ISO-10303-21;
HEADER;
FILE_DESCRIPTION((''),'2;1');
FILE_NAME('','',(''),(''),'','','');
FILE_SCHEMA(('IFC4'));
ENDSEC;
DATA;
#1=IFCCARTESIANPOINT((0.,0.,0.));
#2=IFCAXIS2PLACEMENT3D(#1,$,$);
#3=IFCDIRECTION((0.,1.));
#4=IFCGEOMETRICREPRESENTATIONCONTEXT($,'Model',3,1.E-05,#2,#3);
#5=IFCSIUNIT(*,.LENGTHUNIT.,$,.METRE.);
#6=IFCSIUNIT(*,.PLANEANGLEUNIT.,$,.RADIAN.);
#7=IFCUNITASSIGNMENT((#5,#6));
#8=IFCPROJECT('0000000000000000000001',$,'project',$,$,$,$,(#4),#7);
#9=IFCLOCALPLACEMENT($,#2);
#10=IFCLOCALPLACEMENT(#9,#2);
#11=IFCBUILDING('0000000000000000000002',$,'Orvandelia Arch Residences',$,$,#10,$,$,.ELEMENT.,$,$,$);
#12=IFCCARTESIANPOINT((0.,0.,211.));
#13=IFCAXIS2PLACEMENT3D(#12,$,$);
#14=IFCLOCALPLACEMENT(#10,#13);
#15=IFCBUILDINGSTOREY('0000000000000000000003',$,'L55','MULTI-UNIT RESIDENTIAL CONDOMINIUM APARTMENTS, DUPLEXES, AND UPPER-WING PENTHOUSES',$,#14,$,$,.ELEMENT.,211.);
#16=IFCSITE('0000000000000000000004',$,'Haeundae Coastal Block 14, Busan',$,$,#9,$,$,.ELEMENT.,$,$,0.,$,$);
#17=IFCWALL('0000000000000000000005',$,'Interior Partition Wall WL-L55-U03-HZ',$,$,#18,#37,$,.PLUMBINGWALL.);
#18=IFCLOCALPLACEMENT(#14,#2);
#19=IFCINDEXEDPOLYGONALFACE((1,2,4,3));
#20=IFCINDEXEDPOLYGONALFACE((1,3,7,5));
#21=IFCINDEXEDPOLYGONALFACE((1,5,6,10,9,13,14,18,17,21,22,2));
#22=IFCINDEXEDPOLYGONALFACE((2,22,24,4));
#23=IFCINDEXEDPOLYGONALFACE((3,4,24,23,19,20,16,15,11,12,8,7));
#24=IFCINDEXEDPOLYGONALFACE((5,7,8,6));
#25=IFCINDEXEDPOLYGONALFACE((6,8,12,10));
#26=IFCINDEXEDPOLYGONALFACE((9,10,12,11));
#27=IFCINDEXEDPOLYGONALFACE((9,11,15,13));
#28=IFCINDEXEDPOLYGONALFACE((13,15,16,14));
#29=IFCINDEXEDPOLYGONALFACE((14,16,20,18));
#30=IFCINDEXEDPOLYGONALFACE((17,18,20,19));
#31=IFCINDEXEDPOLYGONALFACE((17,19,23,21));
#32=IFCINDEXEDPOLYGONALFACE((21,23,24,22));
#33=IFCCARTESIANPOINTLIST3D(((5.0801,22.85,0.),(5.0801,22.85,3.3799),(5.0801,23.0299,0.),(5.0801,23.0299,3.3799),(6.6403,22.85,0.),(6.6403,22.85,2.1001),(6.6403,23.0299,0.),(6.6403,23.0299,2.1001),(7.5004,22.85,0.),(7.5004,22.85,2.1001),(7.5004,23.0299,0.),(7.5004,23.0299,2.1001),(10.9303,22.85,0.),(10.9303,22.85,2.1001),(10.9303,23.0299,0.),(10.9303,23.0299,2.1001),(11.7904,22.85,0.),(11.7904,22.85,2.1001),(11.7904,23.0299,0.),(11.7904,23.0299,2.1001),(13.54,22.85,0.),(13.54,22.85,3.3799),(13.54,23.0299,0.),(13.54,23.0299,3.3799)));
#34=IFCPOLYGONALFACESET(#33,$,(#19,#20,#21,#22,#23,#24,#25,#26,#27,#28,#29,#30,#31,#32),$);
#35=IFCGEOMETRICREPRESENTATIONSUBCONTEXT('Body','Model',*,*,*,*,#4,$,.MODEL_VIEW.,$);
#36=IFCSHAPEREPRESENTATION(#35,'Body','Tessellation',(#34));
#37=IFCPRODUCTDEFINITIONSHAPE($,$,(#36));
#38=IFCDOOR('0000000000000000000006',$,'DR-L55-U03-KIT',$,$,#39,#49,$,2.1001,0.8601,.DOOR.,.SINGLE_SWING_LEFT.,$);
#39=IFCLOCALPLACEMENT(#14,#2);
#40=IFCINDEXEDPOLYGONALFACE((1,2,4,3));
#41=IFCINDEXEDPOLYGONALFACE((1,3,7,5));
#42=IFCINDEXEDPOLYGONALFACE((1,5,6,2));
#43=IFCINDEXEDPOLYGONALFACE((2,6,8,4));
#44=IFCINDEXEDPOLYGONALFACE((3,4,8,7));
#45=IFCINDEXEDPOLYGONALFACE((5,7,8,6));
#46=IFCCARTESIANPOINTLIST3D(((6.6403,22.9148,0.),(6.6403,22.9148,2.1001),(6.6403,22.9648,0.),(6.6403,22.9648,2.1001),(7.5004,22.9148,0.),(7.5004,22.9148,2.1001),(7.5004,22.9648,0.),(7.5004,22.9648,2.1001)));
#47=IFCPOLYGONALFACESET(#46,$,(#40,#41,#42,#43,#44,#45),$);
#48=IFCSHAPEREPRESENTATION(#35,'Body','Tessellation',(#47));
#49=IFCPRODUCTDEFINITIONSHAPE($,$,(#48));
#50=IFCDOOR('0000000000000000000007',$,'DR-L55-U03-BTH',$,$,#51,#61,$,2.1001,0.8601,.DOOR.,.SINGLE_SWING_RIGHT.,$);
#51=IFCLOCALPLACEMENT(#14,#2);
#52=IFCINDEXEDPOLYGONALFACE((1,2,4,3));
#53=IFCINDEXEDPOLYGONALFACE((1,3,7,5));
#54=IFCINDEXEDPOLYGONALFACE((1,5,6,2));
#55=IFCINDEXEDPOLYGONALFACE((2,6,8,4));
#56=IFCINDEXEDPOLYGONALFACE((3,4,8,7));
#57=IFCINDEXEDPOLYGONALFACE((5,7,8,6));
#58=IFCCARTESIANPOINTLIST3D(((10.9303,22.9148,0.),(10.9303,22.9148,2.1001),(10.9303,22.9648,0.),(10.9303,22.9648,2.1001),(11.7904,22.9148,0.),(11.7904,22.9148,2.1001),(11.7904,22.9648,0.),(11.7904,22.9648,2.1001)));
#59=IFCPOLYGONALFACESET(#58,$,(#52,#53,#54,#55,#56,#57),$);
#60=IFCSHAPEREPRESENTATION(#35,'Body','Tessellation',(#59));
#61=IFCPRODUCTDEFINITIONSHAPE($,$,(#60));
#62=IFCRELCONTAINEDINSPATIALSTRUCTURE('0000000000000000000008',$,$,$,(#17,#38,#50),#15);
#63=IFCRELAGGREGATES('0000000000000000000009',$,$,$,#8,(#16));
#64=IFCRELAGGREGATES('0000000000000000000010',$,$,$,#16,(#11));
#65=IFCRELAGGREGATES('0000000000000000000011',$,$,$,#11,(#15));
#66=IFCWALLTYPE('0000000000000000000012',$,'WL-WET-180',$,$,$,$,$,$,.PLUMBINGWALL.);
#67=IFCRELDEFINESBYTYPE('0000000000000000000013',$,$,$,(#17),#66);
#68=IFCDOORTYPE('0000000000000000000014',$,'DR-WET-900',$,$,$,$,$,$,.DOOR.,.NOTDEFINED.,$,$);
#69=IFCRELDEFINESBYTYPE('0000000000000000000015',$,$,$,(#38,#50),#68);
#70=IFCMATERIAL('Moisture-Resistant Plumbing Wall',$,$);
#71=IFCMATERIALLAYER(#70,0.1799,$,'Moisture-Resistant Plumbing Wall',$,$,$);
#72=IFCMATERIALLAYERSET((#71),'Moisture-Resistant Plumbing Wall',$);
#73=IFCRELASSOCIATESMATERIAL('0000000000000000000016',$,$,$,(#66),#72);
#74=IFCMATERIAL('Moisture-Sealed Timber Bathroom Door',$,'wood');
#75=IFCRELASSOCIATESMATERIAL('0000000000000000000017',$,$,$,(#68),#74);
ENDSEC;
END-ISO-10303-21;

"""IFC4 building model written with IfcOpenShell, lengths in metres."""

from ifc_helpers import new_model, si_unit, direction, frame, frame_2d, origin, place, context, subcontext, project, spatial, rectangle, extrude, material, layer, layer_set, type_object, element, fill, save


model = new_model("IFC4")

# Units and contexts
model_context = context("Model", 3, precision=1e-05, world=origin(), true_north=direction((0.0, 1.0)))
body_context = subcontext(model_context, "Body", "Model", "MODEL_VIEW")
ifc_project = project(units=[si_unit("LENGTHUNIT", "METRE"), si_unit("PLANEANGLEUNIT", "RADIAN")], contexts=[model_context])

# Site, building, storey
site_placement = place(None, origin())
site = spatial("IfcSite", under=ifc_project, at=site_placement, Name="Haeundae Coastal Block 14, Busan", CompositionType="ELEMENT", RefElevation=0.0)
building_placement = place(site_placement, origin())
building = spatial("IfcBuilding", under=site, at=building_placement, Name="Orvandelia Arch Residences", CompositionType="ELEMENT")
storey_placement = place(building_placement, frame((0.0, 0.0, 211.0)))
storey = spatial("IfcBuildingStorey", under=building, at=storey_placement, Name="L55", Description="MULTI-UNIT RESIDENTIAL CONDOMINIUM APARTMENTS, DUPLEXES, AND UPPER-WING PENTHOUSES", CompositionType="ELEMENT", Elevation=211.0)

# Wall, openings, doors
ifc_material_1 = material(Name="Moisture-Resistant Plumbing Wall")
ifc_layer_1 = layer(ifc_material_1, 0.1799, Name="Moisture-Resistant Plumbing Wall")
ifc_layer_set_1 = layer_set([ifc_layer_1], Name="Moisture-Resistant Plumbing Wall")
wall_type_1 = type_object("IfcWallType", Name="WL-WET-180", PredefinedType="PLUMBINGWALL", material=ifc_layer_set_1)
ifc_material_2 = material(Name="Moisture-Sealed Timber Bathroom Door", Category="wood")
door_type = type_object("IfcDoorType", Name="DR-WET-900", OperationType="NOTDEFINED", PredefinedType="DOOR", material=ifc_material_2)
wall_1_placement = place(storey_placement, frame((5.0801, 22.9399, 0.0), z_axis=(0.0, 0.0, 1.0), x_axis=(1.0, 0.0, 0.0)))
wall_1 = element("IfcWall", 1, at=wall_1_placement, inside=storey, type_object=wall_type_1, Name="Interior Partition Wall WL-L55-U03-HZ", PredefinedType="PLUMBINGWALL", context=body_context, shape_type="SweptSolid", body=[
    extrude(rectangle(XDim=8.46, YDim=0.1799, at=frame_2d((4.23, 0.0))), origin(), (0.0, 0.0, 1.0), 3.3799),
])
opening_1_placement = place(wall_1_placement, frame((1.5601, 0.0, 0.0)))
opening_1 = element("IfcOpeningElement", 2, at=opening_1_placement, cuts=wall_1, PredefinedType="OPENING", context=body_context, shape_type="SweptSolid", body=[
    extrude(rectangle(XDim=0.8601, YDim=2.1001, at=frame_2d((0.4302, 1.05))), frame((0.0, 0.1001, 0.0), z_axis=(0.0, -1.0, 0.0), x_axis=(1.0, 0.0, 0.0)), (0.0, 0.0, 1.0), 0.2),
])
opening_2_placement = place(wall_1_placement, frame((5.8501, 0.0, 0.0)))
opening_2 = element("IfcOpeningElement", 3, at=opening_2_placement, cuts=wall_1, PredefinedType="OPENING", context=body_context, shape_type="SweptSolid", body=[
    extrude(rectangle(XDim=0.8601, YDim=2.1001, at=frame_2d((0.4302, 1.05))), frame((0.0, 0.1001, 0.0), z_axis=(0.0, -1.0, 0.0), x_axis=(1.0, 0.0, 0.0)), (0.0, 0.0, 1.0), 0.2),
])
door_1_placement = place(opening_1_placement, origin())
door_1 = element("IfcDoor", 4, at=door_1_placement, inside=storey, type_object=door_type, Name="DR-L55-U03-KIT", OperationType="SINGLE_SWING_LEFT", OverallHeight=2.1001, OverallWidth=0.8601, PredefinedType="DOOR", context=body_context, shape_type="SweptSolid", body=[
    extrude(rectangle(XDim=0.8601, YDim=2.1001, at=frame_2d((0.4302, 1.05))), frame((0.0, 0.0249, 0.0), z_axis=(0.0, -1.0, 0.0), x_axis=(1.0, 0.0, 0.0)), (0.0, 0.0, 1.0), 0.05),
])
fill(opening_1, door_1)
door_2_placement = place(opening_2_placement, origin())
door_2 = element("IfcDoor", 5, at=door_2_placement, inside=storey, type_object=door_type, Name="DR-L55-U03-BTH", OperationType="SINGLE_SWING_RIGHT", OverallHeight=2.1001, OverallWidth=0.8601, PredefinedType="DOOR", context=body_context, shape_type="SweptSolid", body=[
    extrude(rectangle(XDim=0.8601, YDim=2.1001, at=frame_2d((0.4302, 1.05))), frame((0.0, 0.0249, 0.0), z_axis=(0.0, -1.0, 0.0), x_axis=(1.0, 0.0, 0.0)), (0.0, 0.0, 1.0), 0.05),
])
fill(opening_2, door_2)

save(model, "model.ifc")
